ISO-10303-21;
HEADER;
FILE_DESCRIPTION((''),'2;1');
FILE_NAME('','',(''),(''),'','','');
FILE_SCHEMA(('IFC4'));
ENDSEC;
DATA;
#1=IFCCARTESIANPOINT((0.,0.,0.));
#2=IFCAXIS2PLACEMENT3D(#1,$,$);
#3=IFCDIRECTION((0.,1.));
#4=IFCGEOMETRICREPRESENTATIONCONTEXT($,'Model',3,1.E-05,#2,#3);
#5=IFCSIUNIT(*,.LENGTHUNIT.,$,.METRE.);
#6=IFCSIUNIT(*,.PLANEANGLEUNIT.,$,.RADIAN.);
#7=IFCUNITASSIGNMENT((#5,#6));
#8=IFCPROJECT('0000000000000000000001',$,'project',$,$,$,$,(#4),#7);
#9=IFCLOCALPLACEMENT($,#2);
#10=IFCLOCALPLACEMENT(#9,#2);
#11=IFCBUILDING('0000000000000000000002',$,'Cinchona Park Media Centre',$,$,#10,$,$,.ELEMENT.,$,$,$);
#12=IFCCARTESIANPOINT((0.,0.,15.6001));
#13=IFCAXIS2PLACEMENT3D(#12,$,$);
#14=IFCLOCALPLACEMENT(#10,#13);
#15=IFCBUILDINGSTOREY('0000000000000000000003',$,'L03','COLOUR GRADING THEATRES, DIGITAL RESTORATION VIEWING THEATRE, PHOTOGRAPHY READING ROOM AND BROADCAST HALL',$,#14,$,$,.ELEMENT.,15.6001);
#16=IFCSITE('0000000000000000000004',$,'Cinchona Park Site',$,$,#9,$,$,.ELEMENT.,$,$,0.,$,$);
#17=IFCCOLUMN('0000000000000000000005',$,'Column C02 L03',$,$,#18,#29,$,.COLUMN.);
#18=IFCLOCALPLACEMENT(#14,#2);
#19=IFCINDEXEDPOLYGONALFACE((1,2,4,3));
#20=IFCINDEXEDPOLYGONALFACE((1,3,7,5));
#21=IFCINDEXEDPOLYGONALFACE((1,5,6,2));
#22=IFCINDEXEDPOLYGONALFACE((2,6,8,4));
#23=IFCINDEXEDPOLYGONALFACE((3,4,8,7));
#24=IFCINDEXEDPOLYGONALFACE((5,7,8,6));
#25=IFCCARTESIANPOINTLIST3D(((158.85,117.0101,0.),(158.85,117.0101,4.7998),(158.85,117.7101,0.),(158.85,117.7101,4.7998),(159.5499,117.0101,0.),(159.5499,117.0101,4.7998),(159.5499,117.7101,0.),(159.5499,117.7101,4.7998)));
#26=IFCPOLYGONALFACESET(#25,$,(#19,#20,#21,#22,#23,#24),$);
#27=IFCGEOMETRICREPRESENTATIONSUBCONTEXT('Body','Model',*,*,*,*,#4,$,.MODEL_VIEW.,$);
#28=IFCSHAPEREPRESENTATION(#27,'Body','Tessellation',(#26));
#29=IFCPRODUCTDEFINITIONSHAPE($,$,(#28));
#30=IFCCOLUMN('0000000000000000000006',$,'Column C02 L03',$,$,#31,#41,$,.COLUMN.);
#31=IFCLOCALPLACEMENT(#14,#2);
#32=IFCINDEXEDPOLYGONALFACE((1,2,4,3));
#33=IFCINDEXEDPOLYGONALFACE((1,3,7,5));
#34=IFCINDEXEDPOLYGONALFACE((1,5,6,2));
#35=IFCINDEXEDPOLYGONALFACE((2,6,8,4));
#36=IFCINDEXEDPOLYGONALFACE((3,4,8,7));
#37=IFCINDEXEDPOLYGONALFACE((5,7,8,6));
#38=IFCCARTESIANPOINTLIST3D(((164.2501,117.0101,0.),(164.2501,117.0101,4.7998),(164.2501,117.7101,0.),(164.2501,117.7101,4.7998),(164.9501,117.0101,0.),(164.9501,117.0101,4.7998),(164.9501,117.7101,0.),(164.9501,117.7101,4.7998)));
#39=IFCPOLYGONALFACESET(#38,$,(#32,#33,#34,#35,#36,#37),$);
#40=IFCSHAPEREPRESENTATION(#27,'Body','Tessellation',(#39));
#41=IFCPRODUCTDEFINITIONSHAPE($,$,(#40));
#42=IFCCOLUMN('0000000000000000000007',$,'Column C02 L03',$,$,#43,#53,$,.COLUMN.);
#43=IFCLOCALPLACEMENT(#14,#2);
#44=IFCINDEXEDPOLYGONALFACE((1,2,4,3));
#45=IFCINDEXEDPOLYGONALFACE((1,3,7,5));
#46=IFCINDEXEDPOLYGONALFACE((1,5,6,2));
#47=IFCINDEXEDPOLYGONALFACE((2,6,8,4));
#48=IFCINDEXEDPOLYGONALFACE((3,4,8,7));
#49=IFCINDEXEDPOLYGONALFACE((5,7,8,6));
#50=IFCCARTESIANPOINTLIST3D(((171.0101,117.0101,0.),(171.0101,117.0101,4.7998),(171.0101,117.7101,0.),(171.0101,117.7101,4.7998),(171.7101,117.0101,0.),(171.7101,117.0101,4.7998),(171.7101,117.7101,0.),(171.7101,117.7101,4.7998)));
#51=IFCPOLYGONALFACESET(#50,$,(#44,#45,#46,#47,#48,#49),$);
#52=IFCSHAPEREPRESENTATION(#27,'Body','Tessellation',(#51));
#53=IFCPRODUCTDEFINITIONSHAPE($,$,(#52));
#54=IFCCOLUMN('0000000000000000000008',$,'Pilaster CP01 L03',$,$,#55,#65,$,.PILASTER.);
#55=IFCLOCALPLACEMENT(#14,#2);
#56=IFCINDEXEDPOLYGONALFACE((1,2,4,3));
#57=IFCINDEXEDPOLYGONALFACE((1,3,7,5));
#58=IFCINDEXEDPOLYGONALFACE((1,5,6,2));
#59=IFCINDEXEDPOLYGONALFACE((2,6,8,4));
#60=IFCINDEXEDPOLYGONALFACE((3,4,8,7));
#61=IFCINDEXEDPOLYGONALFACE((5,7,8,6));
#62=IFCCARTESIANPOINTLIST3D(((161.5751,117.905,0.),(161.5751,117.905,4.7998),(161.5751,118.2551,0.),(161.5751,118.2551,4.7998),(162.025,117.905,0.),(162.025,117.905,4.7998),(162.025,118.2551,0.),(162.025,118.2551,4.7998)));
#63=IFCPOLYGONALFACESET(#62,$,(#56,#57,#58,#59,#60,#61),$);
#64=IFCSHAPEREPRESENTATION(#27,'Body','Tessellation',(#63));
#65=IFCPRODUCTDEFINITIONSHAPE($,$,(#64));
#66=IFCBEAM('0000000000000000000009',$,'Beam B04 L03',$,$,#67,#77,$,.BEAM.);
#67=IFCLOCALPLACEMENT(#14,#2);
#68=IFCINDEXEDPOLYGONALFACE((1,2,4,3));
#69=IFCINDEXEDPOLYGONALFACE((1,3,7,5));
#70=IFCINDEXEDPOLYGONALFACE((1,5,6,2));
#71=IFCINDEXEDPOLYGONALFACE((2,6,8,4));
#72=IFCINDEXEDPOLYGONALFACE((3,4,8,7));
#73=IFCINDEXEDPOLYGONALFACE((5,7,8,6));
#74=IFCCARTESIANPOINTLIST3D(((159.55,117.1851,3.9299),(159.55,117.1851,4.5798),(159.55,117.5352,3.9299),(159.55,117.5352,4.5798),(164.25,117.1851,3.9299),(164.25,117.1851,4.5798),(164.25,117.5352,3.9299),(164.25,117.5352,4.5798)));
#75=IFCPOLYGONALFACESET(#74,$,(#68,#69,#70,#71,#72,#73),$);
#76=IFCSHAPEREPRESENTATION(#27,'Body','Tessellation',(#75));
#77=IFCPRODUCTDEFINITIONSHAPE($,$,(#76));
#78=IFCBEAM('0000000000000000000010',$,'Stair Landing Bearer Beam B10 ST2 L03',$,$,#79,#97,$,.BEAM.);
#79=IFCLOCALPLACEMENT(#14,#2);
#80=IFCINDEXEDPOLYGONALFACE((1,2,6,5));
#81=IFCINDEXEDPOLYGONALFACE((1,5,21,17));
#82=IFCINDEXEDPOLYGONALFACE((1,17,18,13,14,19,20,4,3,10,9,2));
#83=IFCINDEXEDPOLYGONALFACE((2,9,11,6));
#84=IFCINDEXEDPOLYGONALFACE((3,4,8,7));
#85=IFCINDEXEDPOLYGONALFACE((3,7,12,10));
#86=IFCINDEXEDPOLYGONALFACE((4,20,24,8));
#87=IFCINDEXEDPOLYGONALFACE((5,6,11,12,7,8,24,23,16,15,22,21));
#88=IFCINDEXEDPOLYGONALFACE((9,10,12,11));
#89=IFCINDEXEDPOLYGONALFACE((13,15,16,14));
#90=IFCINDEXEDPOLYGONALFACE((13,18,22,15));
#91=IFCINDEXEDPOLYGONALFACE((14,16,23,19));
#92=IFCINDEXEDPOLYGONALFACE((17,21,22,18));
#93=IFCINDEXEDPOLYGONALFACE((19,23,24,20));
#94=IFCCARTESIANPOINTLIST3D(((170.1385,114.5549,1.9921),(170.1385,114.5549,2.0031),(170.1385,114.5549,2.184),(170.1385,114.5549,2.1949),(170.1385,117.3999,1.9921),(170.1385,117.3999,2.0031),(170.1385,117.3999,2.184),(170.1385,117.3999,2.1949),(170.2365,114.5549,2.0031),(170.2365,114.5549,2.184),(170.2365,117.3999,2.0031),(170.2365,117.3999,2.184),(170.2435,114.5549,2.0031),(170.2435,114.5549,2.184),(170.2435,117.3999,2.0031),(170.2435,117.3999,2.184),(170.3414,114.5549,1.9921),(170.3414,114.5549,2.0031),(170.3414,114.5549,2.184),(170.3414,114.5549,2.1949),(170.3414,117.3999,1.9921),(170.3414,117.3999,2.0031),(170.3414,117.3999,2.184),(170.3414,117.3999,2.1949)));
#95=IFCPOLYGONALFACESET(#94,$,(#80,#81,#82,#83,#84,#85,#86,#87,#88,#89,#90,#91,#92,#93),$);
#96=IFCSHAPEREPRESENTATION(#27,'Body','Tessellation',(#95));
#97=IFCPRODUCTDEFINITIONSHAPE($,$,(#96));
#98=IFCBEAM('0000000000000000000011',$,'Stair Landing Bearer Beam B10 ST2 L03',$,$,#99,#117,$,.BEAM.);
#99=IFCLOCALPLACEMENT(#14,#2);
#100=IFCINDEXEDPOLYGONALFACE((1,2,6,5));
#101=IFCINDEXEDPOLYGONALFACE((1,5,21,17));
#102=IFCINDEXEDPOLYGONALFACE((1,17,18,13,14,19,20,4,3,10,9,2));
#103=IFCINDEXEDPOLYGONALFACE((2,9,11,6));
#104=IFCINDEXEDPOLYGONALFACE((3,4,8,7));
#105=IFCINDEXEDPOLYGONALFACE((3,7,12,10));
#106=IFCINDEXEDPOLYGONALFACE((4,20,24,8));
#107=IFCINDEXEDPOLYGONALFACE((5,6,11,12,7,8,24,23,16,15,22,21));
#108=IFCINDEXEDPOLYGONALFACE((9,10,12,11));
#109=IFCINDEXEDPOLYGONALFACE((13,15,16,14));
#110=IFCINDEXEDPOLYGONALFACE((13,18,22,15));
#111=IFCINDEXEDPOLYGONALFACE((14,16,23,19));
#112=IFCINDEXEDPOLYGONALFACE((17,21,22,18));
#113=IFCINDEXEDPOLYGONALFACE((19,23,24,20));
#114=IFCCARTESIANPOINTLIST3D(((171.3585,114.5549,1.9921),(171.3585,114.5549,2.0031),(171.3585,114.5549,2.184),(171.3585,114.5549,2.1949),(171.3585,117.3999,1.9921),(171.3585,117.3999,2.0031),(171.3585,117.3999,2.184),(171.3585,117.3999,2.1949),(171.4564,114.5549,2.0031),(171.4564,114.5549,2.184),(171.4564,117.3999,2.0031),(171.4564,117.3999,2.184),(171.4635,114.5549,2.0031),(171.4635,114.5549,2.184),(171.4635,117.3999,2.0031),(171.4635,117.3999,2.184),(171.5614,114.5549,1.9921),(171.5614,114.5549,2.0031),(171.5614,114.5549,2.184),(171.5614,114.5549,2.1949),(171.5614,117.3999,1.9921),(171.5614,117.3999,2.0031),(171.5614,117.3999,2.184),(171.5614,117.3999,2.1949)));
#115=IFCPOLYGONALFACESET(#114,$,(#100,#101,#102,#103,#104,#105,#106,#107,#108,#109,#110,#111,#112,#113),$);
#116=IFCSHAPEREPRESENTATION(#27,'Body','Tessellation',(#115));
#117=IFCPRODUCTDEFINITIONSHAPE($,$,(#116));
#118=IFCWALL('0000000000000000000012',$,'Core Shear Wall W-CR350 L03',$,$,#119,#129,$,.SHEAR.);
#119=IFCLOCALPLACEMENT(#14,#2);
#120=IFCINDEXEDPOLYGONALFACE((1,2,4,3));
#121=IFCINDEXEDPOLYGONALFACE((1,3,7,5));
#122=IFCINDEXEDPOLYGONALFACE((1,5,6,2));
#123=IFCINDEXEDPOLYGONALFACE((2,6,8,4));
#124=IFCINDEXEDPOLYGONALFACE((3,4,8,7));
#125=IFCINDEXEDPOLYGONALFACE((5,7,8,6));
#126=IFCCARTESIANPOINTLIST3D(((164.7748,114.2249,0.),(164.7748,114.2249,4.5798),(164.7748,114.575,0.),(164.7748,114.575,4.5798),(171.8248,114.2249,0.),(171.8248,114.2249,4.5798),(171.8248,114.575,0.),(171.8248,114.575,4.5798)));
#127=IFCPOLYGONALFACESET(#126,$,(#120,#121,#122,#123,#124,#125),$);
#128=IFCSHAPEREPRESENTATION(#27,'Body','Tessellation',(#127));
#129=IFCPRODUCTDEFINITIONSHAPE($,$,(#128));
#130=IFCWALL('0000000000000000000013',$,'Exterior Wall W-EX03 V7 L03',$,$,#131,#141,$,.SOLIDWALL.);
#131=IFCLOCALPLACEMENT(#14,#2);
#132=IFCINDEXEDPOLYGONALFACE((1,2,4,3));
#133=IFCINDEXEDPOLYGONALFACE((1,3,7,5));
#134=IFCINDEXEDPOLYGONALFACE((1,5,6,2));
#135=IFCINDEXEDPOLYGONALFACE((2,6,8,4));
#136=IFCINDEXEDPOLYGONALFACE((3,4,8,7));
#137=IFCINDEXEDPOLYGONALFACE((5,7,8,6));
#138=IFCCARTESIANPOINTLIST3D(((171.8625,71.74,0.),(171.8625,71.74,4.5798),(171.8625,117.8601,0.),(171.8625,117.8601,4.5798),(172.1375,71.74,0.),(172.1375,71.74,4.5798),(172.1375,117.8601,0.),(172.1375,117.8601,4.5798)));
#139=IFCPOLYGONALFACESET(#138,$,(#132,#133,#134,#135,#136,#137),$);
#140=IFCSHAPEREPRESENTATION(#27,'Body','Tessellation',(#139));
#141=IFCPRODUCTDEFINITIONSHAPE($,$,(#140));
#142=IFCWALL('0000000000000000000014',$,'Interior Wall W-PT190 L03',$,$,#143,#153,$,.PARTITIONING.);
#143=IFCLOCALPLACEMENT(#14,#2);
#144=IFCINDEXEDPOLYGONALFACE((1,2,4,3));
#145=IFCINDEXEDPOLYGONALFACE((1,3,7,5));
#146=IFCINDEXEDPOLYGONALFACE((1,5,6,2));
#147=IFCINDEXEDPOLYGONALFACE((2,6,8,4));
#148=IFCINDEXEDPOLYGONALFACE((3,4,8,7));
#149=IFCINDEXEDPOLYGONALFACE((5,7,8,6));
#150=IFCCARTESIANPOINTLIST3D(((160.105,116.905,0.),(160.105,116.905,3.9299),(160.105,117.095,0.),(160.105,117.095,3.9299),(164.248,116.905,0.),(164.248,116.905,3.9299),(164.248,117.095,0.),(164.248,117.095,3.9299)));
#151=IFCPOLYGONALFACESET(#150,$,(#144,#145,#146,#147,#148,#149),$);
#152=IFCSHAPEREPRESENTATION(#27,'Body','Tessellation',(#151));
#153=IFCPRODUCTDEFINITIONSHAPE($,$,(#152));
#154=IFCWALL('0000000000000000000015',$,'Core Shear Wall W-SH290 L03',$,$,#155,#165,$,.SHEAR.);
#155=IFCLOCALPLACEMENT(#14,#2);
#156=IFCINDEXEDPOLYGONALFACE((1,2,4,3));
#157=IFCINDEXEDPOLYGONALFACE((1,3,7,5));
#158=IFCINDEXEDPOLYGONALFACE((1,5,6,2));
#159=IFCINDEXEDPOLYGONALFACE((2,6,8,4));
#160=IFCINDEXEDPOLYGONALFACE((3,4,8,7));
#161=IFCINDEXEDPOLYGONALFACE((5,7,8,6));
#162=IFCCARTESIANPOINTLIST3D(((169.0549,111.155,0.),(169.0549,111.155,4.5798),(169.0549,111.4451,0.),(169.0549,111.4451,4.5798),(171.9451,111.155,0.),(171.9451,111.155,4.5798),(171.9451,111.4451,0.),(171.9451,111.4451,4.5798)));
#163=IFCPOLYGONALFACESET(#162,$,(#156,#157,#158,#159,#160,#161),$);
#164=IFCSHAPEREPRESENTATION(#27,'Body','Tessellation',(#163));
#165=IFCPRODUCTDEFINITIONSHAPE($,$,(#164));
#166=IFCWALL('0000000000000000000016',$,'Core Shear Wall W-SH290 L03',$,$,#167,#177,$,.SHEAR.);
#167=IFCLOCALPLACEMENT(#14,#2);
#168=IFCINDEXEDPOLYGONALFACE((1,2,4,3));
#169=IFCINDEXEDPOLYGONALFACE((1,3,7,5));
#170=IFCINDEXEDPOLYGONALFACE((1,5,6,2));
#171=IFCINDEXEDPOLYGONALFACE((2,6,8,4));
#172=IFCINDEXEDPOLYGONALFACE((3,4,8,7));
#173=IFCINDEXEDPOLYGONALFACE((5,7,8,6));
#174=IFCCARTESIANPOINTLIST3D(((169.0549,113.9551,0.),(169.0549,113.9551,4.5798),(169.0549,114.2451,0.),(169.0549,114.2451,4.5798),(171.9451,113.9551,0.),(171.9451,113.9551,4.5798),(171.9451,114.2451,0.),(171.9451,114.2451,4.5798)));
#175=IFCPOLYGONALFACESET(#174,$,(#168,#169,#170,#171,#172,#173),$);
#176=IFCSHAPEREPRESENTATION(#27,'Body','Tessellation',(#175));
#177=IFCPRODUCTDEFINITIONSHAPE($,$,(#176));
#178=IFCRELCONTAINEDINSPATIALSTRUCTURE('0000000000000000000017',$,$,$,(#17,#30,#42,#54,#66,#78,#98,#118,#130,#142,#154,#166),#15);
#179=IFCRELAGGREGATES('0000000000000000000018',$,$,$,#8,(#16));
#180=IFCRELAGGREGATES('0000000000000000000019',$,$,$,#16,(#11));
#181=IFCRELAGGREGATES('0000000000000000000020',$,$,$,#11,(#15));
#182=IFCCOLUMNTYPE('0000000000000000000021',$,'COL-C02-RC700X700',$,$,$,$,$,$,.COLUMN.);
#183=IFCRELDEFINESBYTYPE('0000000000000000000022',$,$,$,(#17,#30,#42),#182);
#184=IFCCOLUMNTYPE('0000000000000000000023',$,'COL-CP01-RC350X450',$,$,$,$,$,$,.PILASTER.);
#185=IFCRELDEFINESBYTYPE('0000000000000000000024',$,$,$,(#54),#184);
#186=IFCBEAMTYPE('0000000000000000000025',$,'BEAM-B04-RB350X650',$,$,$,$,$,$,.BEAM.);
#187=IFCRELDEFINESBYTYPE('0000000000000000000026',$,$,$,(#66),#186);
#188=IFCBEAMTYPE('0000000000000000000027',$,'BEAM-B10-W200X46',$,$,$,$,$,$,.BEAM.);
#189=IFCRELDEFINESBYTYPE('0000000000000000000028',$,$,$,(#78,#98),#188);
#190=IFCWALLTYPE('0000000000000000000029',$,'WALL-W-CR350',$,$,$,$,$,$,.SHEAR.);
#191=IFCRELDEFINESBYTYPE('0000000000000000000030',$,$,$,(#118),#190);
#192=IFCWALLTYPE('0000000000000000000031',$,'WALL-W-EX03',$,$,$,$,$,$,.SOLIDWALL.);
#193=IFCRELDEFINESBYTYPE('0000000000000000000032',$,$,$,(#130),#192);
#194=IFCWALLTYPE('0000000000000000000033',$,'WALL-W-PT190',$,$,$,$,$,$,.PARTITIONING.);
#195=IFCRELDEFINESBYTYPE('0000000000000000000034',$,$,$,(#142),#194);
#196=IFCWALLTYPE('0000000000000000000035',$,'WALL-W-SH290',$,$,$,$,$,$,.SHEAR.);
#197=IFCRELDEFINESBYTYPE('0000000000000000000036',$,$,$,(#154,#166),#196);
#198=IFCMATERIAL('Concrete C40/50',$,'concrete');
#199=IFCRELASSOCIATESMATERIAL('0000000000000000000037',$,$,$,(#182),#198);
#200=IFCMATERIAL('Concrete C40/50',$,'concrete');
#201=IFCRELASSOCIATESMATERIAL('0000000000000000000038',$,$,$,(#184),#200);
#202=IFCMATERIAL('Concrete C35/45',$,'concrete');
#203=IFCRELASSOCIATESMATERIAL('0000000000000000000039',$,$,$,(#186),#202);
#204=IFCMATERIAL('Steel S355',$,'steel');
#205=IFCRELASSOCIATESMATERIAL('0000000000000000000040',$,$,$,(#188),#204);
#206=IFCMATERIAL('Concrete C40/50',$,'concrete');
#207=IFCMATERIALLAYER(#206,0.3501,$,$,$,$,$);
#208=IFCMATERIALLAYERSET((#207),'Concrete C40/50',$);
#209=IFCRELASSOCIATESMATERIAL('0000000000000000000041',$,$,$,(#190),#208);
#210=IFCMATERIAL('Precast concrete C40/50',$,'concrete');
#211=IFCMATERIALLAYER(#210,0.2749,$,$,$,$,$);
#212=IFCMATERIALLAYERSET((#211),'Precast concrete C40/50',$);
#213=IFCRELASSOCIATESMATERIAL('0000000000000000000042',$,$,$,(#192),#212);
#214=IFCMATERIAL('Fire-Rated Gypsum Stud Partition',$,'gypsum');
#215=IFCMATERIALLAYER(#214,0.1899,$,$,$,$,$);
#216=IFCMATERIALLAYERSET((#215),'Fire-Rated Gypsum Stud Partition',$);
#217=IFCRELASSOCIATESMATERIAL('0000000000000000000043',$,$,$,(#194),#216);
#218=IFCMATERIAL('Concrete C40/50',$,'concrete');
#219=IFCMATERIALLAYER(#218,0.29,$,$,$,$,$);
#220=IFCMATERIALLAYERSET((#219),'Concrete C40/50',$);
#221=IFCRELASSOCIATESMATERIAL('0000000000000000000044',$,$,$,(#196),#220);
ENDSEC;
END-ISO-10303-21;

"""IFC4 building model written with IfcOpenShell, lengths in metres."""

from ifc_helpers import new_model, si_unit, direction, frame, frame_2d, origin, origin_2d, place, context, subcontext, project, spatial, rectangle, i_section, extrude, material, layer, layer_set, material_profile, profile_set, type_object, element, save


model = new_model("IFC4")

# Units and contexts
model_context = context("Model", 3, precision=1e-05, world=origin(), true_north=direction((0.0, 1.0)))
body_context = subcontext(model_context, "Body", "Model", "MODEL_VIEW")
ifc_project = project(units=[si_unit("LENGTHUNIT", "METRE"), si_unit("PLANEANGLEUNIT", "RADIAN")], contexts=[model_context])

# Site, building, storey
site_placement = place(None, origin())
site = spatial("IfcSite", under=ifc_project, at=site_placement, Name="Cinchona Park Site", CompositionType="ELEMENT", RefElevation=0.0)
building_placement = place(site_placement, origin())
building = spatial("IfcBuilding", under=site, at=building_placement, Name="Cinchona Park Media Centre", CompositionType="ELEMENT")
storey_placement = place(building_placement, frame((0.0, 0.0, 15.6001)))
storey = spatial("IfcBuildingStorey", under=building, at=storey_placement, Name="L03", Description="COLOUR GRADING THEATRES, DIGITAL RESTORATION VIEWING THEATRE, PHOTOGRAPHY READING ROOM AND BROADCAST HALL", CompositionType="ELEMENT", Elevation=15.6001)

# Columns
ifc_material_1 = material(Name="Concrete C40/50", Category="concrete")
ifc_material_profile_1 = material_profile(ifc_material_1, rectangle(XDim=0.7, YDim=0.7, at=origin_2d()), Name="RC 700X700")
ifc_profile_set_1 = profile_set([ifc_material_profile_1], Name="Concrete C40/50")
column_type_1 = type_object("IfcColumnType", Name="COL-C02-RC700X700", PredefinedType="COLUMN", material=ifc_profile_set_1)
for number, where, z_axis, x_axis, name in (
    (1, (159.2, 117.3601, 0.0), (0.0, 0.0, 1.0), (1.0, 0.0, 0.0), "Column C02 L03"),
    (2, (164.6001, 117.3601, 0.0), (0.0, 0.0, 1.0), (1.0, 0.0, 0.0), "Column C02 L03"),
    (3, (171.3601, 117.3601, 0.0), (0.0, 0.0, 1.0), (1.0, 0.0, 0.0), "Column C02 L03"),
):
    element("IfcColumn", number, at=place(storey_placement, frame(where, z_axis=z_axis, x_axis=x_axis)), inside=storey, type_object=column_type_1, Name=name, PredefinedType="COLUMN", context=body_context, shape_type="SweptSolid", body=[
        extrude(rectangle(XDim=0.7, YDim=0.7, at=origin_2d()), origin(), (0.0, 0.0, 1.0), 4.7998),
    ])
ifc_material_2 = material(Name="Concrete C40/50", Category="concrete")
ifc_material_profile_2 = material_profile(ifc_material_2, rectangle(XDim=0.3501, YDim=0.45, at=origin_2d()), Name="RC 350X450")
ifc_profile_set_2 = profile_set([ifc_material_profile_2], Name="Concrete C40/50")
column_type_2 = type_object("IfcColumnType", Name="COL-CP01-RC350X450", PredefinedType="PILASTER", material=ifc_profile_set_2)
column_placement = place(storey_placement, frame((161.8, 118.0801, 0.0), z_axis=(0.0, 0.0, 1.0), x_axis=(0.0, 1.0, 0.0)))
element("IfcColumn", 4, at=column_placement, inside=storey, type_object=column_type_2, Name="Pilaster CP01 L03", PredefinedType="PILASTER", context=body_context, shape_type="SweptSolid", body=[
    extrude(rectangle(XDim=0.3501, YDim=0.45, at=origin_2d()), origin(), (0.0, 0.0, 1.0), 4.7998),
])

# Beams
ifc_material_3 = material(Name="Concrete C35/45", Category="concrete")
ifc_material_profile_3 = material_profile(ifc_material_3, rectangle(XDim=0.3501, YDim=0.6499, at=origin_2d()), Name="RB 350X650")
ifc_profile_set_3 = profile_set([ifc_material_profile_3], Name="Concrete C35/45")
beam_type_1 = type_object("IfcBeamType", Name="BEAM-B04-RB350X650", PredefinedType="BEAM", material=ifc_profile_set_3)
beam_placement = place(storey_placement, frame((159.55, 117.3601, 4.2549), z_axis=(1.0, 0.0, 0.0), x_axis=(0.0, 1.0, 0.0)))
element("IfcBeam", 5, at=beam_placement, inside=storey, type_object=beam_type_1, Name="Beam B04 L03", PredefinedType="BEAM", context=body_context, shape_type="SweptSolid", body=[
    extrude(rectangle(XDim=0.3501, YDim=0.6499, at=origin_2d()), origin(), (0.0, 0.0, 1.0), 4.7),
])
ifc_material_4 = material(Name="Steel S355", Category="steel")
ifc_material_profile_4 = material_profile(ifc_material_4, i_section(OverallWidth=0.2029, OverallDepth=0.2029, WebThickness=0.0071, FlangeThickness=0.011, at=origin_2d()), Name="W200X46")
ifc_profile_set_4 = profile_set([ifc_material_profile_4], Name="Steel S355")
beam_type_2 = type_object("IfcBeamType", Name="BEAM-B10-W200X46", PredefinedType="BEAM", material=ifc_profile_set_4)
for number, where, z_axis, x_axis, name in (
    (6, (170.24, 114.5549, 2.0935), (0.0, 1.0, 0.0), (-1.0, 0.0, 0.0), "Stair Landing Bearer Beam B10 ST2 L03"),
    (7, (171.46, 114.5549, 2.0935), (0.0, 1.0, 0.0), (-1.0, 0.0, 0.0), "Stair Landing Bearer Beam B10 ST2 L03"),
):
    element("IfcBeam", number, at=place(storey_placement, frame(where, z_axis=z_axis, x_axis=x_axis)), inside=storey, type_object=beam_type_2, Name=name, PredefinedType="BEAM", context=body_context, shape_type="SweptSolid", body=[
        extrude(i_section(OverallWidth=0.2029, OverallDepth=0.2029, WebThickness=0.0071, FlangeThickness=0.011, at=origin_2d()), origin(), (0.0, 0.0, 1.0), 2.845),
    ])

# Walls
ifc_material_5 = material(Name="Concrete C40/50", Category="concrete")
ifc_layer_1 = layer(ifc_material_5, 0.3501)
ifc_layer_set_1 = layer_set([ifc_layer_1], Name="Concrete C40/50")
wall_type_1 = type_object("IfcWallType", Name="WALL-W-CR350", PredefinedType="SHEAR", material=ifc_layer_set_1)
wall_1_placement = place(storey_placement, frame((164.7749, 114.3999, 0.0), z_axis=(0.0, 0.0, 1.0), x_axis=(1.0, 0.0, 0.0)))
element("IfcWall", 8, at=wall_1_placement, inside=storey, type_object=wall_type_1, Name="Core Shear Wall W-CR350 L03", PredefinedType="SHEAR", context=body_context, shape_type="SweptSolid", body=[
    extrude(rectangle(XDim=7.05, YDim=0.3501, at=frame_2d((3.5249, 0.0))), origin(), (0.0, 0.0, 1.0), 4.5798),
])
ifc_material_6 = material(Name="Precast concrete C40/50", Category="concrete")
ifc_layer_2 = layer(ifc_material_6, 0.2749)
ifc_layer_set_2 = layer_set([ifc_layer_2], Name="Precast concrete C40/50")
wall_type_2 = type_object("IfcWallType", Name="WALL-W-EX03", PredefinedType="SOLIDWALL", material=ifc_layer_set_2)
wall_2_placement = place(storey_placement, frame((172.0, 117.8601, 0.0), z_axis=(0.0, 0.0, 1.0), x_axis=(0.0, -1.0, 0.0)))
element("IfcWall", 9, at=wall_2_placement, inside=storey, type_object=wall_type_2, Name="Exterior Wall W-EX03 V7 L03", PredefinedType="SOLIDWALL", context=body_context, shape_type="SweptSolid", body=[
    extrude(rectangle(XDim=46.1201, YDim=0.2749, at=frame_2d((23.0601, 0.0))), origin(), (0.0, 0.0, 1.0), 4.5798),
])
ifc_material_7 = material(Name="Fire-Rated Gypsum Stud Partition", Category="gypsum")
ifc_layer_3 = layer(ifc_material_7, 0.1899)
ifc_layer_set_3 = layer_set([ifc_layer_3], Name="Fire-Rated Gypsum Stud Partition")
wall_type_3 = type_object("IfcWallType", Name="WALL-W-PT190", PredefinedType="PARTITIONING", material=ifc_layer_set_3)
wall_3_placement = place(storey_placement, frame((160.105, 117.0, 0.0), z_axis=(0.0, 0.0, 1.0), x_axis=(1.0, 0.0, 0.0)))
element("IfcWall", 10, at=wall_3_placement, inside=storey, type_object=wall_type_3, Name="Interior Wall W-PT190 L03", PredefinedType="PARTITIONING", context=body_context, shape_type="SweptSolid", body=[
    extrude(rectangle(XDim=4.1431, YDim=0.1899, at=frame_2d((2.0715, 0.0))), origin(), (0.0, 0.0, 1.0), 3.9299),
])
ifc_material_8 = material(Name="Concrete C40/50", Category="concrete")
ifc_layer_4 = layer(ifc_material_8, 0.29)
ifc_layer_set_4 = layer_set([ifc_layer_4], Name="Concrete C40/50")
wall_type_4 = type_object("IfcWallType", Name="WALL-W-SH290", PredefinedType="SHEAR", material=ifc_layer_set_4)
for number, where, z_axis, x_axis, name in (
    (11, (169.0549, 111.3, 0.0), (0.0, 0.0, 1.0), (1.0, 0.0, 0.0), "Core Shear Wall W-SH290 L03"),
    (12, (169.0549, 114.1001, 0.0), (0.0, 0.0, 1.0), (1.0, 0.0, 0.0), "Core Shear Wall W-SH290 L03"),
):
    element("IfcWall", number, at=place(storey_placement, frame(where, z_axis=z_axis, x_axis=x_axis)), inside=storey, type_object=wall_type_4, Name=name, PredefinedType="SHEAR", context=body_context, shape_type="SweptSolid", body=[
        extrude(rectangle(XDim=2.8901, YDim=0.29, at=frame_2d((1.4451, 0.0))), origin(), (0.0, 0.0, 1.0), 4.5798),
    ])

save(model, "model.ifc")
